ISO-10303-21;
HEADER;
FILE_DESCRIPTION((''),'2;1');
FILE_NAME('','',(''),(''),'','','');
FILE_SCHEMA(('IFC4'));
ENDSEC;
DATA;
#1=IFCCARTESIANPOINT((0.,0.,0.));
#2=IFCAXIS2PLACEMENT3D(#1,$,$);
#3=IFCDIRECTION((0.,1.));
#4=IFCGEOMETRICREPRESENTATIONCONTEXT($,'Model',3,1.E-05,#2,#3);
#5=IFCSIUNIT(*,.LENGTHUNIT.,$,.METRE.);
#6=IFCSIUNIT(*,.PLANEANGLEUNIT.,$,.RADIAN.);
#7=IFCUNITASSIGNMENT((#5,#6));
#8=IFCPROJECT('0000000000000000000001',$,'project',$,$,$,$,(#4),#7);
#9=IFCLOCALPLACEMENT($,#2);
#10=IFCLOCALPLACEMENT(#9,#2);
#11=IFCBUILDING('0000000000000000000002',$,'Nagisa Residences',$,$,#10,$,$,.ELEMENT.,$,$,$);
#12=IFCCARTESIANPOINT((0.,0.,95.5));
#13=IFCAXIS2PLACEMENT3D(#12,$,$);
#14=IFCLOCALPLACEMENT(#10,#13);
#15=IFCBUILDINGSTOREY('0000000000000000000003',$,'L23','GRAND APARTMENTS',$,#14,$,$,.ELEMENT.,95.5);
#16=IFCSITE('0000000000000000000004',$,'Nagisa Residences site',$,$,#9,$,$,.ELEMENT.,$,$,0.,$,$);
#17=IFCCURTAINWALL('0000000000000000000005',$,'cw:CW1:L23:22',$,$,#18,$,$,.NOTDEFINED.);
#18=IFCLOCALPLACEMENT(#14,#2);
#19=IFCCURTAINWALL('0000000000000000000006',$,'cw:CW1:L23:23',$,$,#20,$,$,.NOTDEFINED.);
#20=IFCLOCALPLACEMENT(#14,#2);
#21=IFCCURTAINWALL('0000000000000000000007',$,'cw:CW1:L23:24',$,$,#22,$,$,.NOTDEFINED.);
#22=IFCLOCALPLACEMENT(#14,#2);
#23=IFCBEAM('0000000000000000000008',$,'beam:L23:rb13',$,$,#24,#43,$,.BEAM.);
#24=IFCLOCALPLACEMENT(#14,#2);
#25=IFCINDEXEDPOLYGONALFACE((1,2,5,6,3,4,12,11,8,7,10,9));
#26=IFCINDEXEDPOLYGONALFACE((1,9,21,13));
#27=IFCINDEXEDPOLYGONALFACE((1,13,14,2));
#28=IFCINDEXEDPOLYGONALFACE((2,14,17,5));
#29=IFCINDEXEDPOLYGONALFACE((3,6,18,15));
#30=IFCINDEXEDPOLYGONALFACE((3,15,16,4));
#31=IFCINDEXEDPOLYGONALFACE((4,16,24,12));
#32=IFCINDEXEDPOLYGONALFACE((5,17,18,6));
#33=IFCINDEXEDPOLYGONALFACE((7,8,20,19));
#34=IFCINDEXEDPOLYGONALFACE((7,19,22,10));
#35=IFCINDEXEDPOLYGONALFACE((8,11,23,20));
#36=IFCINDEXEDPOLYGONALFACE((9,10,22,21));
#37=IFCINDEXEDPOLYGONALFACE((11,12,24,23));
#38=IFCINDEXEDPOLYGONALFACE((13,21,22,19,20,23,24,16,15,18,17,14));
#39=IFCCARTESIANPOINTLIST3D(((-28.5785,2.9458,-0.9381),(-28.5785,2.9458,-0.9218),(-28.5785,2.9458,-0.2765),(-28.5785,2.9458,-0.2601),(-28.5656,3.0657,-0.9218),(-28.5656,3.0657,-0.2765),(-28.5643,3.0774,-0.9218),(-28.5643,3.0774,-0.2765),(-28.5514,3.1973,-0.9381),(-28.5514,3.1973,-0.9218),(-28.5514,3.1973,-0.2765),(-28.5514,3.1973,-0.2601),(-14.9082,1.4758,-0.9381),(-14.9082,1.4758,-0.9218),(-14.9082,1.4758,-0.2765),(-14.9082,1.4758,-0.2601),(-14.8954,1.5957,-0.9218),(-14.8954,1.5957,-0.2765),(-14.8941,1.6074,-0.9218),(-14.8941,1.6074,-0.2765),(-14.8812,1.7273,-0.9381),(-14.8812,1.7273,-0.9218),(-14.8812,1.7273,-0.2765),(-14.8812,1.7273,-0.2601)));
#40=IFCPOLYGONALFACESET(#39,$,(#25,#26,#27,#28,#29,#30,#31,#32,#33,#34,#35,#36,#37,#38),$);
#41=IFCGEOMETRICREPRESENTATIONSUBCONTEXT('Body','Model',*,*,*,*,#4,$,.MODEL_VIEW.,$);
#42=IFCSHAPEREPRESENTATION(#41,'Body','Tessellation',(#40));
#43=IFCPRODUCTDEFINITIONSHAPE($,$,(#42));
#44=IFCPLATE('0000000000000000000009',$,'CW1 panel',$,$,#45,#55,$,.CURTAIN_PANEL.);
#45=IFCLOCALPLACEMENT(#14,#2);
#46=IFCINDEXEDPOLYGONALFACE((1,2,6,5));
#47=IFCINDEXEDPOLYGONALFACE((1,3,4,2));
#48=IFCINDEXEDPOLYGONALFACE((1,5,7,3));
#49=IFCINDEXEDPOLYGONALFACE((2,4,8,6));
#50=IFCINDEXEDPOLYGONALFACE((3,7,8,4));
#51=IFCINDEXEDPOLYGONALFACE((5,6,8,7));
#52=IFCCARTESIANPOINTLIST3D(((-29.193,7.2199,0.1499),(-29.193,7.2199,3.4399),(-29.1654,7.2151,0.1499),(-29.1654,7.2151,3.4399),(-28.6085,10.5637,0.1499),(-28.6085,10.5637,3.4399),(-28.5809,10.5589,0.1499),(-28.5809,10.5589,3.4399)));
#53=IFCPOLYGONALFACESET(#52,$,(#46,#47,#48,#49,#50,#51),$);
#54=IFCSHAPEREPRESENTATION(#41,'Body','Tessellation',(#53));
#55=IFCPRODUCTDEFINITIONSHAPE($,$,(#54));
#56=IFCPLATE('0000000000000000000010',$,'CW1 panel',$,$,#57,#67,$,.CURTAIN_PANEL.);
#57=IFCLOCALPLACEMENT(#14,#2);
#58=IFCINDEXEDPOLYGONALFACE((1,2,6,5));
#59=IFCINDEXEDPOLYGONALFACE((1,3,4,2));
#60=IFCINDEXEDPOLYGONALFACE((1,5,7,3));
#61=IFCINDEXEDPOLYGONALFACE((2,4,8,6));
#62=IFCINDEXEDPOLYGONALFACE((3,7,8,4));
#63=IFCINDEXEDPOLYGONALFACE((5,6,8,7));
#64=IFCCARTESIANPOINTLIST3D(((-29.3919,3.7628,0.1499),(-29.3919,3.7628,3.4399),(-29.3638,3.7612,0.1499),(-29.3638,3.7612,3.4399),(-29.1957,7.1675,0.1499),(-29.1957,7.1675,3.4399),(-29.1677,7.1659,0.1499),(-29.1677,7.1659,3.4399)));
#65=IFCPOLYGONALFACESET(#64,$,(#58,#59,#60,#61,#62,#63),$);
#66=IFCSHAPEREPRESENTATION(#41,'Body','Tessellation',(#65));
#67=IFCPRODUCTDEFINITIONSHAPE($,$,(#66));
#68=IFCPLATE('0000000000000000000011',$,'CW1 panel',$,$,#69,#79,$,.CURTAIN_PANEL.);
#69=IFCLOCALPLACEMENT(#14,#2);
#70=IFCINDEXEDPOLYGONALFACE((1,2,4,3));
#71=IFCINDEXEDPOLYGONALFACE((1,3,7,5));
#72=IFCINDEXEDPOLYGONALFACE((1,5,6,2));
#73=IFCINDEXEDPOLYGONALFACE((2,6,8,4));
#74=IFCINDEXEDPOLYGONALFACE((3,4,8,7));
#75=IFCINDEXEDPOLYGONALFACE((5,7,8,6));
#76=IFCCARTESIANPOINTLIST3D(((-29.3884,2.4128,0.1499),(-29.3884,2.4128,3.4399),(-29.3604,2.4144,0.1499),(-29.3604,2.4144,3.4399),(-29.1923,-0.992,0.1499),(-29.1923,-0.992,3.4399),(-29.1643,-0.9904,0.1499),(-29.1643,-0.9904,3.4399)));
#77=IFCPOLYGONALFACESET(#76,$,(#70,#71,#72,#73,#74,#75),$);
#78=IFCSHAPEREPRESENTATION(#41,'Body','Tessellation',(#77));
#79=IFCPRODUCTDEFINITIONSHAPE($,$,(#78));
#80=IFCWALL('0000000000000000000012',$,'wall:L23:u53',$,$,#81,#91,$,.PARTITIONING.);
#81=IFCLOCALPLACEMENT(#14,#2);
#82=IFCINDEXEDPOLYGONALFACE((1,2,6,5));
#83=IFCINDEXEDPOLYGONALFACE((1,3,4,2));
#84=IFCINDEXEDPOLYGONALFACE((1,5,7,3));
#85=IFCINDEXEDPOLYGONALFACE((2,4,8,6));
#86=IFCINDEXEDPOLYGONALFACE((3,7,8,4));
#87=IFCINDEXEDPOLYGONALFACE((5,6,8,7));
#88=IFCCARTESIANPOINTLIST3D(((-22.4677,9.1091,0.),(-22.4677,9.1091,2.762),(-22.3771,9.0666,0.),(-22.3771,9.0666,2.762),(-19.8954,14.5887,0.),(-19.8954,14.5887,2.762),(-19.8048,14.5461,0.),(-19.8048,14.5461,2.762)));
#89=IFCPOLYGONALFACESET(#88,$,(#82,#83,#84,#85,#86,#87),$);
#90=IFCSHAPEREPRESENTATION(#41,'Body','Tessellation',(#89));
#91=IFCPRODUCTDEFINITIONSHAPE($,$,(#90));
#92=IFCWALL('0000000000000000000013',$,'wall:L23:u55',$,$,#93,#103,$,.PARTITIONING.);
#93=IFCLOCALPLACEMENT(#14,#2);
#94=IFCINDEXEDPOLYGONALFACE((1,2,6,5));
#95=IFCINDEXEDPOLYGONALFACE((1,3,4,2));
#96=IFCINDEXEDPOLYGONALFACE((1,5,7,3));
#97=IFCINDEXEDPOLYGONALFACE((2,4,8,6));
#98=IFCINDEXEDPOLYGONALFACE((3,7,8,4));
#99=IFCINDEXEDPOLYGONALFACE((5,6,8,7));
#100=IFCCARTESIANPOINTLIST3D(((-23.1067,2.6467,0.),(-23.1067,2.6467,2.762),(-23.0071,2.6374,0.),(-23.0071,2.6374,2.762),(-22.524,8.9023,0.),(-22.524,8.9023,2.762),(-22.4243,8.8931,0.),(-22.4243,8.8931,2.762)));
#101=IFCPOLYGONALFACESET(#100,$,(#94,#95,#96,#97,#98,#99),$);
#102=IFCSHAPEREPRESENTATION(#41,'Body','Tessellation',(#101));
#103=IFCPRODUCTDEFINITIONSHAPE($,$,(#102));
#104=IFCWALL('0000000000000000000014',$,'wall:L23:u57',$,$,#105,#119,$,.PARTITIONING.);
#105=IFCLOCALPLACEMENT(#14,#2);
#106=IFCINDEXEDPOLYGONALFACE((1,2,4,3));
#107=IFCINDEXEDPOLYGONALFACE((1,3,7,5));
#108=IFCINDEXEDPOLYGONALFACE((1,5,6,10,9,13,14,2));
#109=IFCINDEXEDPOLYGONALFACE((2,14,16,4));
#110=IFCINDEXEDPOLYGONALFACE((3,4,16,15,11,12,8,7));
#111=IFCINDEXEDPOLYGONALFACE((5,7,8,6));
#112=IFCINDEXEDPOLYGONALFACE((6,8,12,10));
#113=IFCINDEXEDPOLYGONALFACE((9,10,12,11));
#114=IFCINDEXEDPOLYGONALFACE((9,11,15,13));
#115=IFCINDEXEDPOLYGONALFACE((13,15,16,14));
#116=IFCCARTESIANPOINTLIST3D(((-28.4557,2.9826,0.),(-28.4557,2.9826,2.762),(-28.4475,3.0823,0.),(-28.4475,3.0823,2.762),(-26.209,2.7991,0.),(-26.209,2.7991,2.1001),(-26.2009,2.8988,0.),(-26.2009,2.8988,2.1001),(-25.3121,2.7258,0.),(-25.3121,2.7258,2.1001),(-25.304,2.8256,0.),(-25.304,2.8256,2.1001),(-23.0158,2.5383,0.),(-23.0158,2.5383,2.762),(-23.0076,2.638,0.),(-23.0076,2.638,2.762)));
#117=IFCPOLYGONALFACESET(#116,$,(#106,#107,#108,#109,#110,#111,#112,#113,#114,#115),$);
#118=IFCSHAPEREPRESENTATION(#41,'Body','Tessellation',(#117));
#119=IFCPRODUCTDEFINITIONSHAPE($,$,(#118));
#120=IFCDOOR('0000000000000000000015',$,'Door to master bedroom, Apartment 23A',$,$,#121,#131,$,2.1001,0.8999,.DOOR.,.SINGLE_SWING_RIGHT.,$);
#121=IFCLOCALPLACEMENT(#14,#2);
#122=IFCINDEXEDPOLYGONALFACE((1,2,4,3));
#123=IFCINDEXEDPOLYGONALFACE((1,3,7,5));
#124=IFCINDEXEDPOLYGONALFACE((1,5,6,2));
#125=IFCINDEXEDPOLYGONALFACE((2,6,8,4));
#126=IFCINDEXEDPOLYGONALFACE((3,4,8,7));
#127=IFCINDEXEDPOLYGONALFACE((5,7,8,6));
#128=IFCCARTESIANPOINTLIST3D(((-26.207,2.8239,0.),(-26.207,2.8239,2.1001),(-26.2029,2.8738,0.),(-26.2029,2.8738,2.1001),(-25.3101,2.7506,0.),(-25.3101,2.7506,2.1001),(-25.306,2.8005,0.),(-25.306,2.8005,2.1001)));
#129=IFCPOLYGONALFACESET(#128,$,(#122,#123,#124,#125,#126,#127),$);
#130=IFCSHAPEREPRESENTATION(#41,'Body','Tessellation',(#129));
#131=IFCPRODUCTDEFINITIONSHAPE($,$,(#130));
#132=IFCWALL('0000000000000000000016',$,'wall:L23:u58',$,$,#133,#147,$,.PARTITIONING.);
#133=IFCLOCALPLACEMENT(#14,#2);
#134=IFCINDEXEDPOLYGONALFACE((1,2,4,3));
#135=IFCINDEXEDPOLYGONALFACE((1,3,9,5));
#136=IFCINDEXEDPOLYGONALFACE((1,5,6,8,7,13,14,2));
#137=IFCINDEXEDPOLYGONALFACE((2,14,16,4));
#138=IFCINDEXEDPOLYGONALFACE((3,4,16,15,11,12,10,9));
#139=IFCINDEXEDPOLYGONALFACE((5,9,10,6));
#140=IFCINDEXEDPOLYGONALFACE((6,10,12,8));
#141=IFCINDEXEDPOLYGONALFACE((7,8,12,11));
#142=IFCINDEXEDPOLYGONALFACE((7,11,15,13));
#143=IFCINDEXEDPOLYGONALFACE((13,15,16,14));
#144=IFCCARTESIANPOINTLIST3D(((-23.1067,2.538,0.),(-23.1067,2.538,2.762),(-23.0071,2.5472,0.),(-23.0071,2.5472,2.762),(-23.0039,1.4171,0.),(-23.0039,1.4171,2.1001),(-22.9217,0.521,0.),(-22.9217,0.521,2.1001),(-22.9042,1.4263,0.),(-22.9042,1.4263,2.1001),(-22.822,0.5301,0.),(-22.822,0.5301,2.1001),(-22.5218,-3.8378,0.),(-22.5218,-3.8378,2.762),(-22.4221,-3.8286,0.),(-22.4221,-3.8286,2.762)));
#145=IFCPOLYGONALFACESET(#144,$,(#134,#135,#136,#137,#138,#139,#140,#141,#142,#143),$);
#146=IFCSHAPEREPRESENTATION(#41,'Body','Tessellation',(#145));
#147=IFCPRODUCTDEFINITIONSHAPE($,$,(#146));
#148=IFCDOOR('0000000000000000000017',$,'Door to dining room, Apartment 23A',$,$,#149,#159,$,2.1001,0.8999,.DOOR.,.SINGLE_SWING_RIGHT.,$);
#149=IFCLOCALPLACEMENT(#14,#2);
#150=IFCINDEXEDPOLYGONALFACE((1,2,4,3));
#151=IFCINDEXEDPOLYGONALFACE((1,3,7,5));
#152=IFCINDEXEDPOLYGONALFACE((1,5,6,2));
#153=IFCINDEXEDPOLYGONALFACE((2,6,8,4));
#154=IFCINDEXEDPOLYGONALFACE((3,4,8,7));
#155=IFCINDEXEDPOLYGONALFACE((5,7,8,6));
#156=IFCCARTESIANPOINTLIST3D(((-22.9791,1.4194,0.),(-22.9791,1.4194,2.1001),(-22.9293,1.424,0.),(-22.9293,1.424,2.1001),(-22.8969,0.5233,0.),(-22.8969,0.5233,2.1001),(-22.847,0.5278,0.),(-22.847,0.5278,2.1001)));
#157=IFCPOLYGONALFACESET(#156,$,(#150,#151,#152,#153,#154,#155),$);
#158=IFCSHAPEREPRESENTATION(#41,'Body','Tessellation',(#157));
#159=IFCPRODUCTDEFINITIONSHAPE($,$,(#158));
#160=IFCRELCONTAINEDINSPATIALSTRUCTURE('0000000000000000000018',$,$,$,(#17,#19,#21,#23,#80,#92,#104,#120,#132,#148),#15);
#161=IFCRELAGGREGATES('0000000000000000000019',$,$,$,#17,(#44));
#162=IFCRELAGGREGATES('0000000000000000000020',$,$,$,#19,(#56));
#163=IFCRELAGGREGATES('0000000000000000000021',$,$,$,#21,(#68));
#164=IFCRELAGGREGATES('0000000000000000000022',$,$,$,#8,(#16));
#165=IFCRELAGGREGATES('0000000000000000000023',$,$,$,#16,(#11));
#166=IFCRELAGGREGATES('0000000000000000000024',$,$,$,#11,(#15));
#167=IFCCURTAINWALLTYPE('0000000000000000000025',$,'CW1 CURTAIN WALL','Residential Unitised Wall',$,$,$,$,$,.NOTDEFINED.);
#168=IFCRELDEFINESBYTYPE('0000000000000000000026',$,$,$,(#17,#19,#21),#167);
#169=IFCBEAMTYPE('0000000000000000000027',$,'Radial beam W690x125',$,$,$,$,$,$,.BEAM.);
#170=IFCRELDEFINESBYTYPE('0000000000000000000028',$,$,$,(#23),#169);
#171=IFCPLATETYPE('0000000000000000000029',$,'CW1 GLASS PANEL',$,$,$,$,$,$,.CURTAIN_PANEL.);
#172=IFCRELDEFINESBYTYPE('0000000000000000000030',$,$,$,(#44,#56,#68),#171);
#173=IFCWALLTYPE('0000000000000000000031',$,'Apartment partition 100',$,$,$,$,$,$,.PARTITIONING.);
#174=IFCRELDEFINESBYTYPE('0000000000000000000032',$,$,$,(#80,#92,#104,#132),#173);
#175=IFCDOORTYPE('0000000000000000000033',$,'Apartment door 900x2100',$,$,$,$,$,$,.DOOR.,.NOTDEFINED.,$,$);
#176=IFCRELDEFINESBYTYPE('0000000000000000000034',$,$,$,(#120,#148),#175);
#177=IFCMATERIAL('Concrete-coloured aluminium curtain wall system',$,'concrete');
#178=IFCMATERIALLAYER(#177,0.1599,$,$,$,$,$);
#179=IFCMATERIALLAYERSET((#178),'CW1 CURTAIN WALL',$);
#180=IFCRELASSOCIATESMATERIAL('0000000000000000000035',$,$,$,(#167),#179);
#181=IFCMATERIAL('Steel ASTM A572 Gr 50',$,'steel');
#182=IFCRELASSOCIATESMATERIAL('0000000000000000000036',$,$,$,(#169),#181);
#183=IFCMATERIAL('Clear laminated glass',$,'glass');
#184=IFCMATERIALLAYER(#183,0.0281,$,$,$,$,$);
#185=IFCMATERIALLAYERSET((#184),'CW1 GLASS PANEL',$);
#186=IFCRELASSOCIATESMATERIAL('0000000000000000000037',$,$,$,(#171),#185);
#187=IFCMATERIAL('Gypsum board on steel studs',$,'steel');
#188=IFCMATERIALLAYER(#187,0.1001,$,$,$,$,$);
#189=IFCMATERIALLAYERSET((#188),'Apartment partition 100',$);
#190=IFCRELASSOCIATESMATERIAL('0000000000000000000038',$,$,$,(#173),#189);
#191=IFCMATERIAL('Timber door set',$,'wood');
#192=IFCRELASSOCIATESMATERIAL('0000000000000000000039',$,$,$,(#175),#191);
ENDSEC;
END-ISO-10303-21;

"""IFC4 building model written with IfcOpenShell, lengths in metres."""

from ifc_helpers import new_model, si_unit, direction, frame, frame_2d, origin, origin_2d, place, context, subcontext, project, spatial, rectangle, i_section, extrude, material, layer, layer_set, material_profile, profile_set, type_object, element, fill, aggregate, save


model = new_model("IFC4")

# Units and contexts
model_context = context("Model", 3, precision=1e-05, world=origin(), true_north=direction((0.0, 1.0)))
body_context = subcontext(model_context, "Body", "Model", "MODEL_VIEW")
ifc_project = project(units=[si_unit("LENGTHUNIT", "METRE"), si_unit("PLANEANGLEUNIT", "RADIAN")], contexts=[model_context])

# Site, building, storey
site_placement = place(None, origin())
site = spatial("IfcSite", under=ifc_project, at=site_placement, Name="Nagisa Residences site", CompositionType="ELEMENT", RefElevation=0.0)
building_placement = place(site_placement, origin())
building = spatial("IfcBuilding", under=site, at=building_placement, Name="Nagisa Residences", CompositionType="ELEMENT")
storey_placement = place(building_placement, frame((0.0, 0.0, 95.5)))
storey = spatial("IfcBuildingStorey", under=building, at=storey_placement, Name="L23", Description="GRAND APARTMENTS", CompositionType="ELEMENT", Elevation=95.5)

# Curtain walls
ifc_material_1 = material(Name="Concrete-coloured aluminium curtain wall system", Category="concrete")
ifc_layer_1 = layer(ifc_material_1, 0.1599)
ifc_layer_set_1 = layer_set([ifc_layer_1], Name="CW1 CURTAIN WALL")
curtain_wall_type = type_object("IfcCurtainWallType", Name="CW1 CURTAIN WALL", Description="Residential Unitised Wall", PredefinedType="NOTDEFINED", material=ifc_layer_set_1)
curtain_wall_1_placement = place(storey_placement, origin())
curtain_wall_1 = element("IfcCurtainWall", 1, at=curtain_wall_1_placement, inside=storey, type_object=curtain_wall_type, Name="cw:CW1:L23:22", PredefinedType="NOTDEFINED")
curtain_wall_2_placement = place(storey_placement, origin())
curtain_wall_2 = element("IfcCurtainWall", 2, at=curtain_wall_2_placement, inside=storey, type_object=curtain_wall_type, Name="cw:CW1:L23:23", PredefinedType="NOTDEFINED")
curtain_wall_3_placement = place(storey_placement, origin())
curtain_wall_3 = element("IfcCurtainWall", 3, at=curtain_wall_3_placement, inside=storey, type_object=curtain_wall_type, Name="cw:CW1:L23:24", PredefinedType="NOTDEFINED")

# Beam
ifc_material_2 = material(Name="Steel ASTM A572 Gr 50", Category="steel")
ifc_material_profile_1 = material_profile(ifc_material_2, i_section(OverallWidth=0.2529, OverallDepth=0.678, WebThickness=0.0117, FlangeThickness=0.0164, at=origin_2d()), Name="W690x125")
ifc_profile_set_1 = profile_set([ifc_material_profile_1], Name="Steel ASTM A572 Gr 50")
beam_type_1 = type_object("IfcBeamType", Name="Radial beam W690x125", PredefinedType="BEAM", material=ifc_profile_set_1)
beam_1_placement = place(storey_placement, frame((-28.5649, 3.0715, -0.5991), z_axis=(0.994268, -0.106915, 0.0), x_axis=(0.106915, 0.994268, 0.0)))
element("IfcBeam", 4, at=beam_1_placement, inside=storey, type_object=beam_type_1, Name="beam:L23:rb13", PredefinedType="BEAM", context=body_context, shape_type="SweptSolid", body=[
    extrude(i_section(OverallWidth=0.2529, OverallDepth=0.678, WebThickness=0.0117, FlangeThickness=0.0164, at=origin_2d()), origin(), (0.0, 0.0, 1.0), 13.749),
])

# Plates
ifc_material_3 = material(Name="Clear laminated glass", Category="glass")
ifc_layer_2 = layer(ifc_material_3, 0.0281)
ifc_layer_set_2 = layer_set([ifc_layer_2], Name="CW1 GLASS PANEL")
plate_type = type_object("IfcPlateType", Name="CW1 GLASS PANEL", PredefinedType="CURTAIN_PANEL", material=ifc_layer_set_2)
plate_1_placement = place(storey_placement, frame((-28.887, 8.8894, 0.1499), z_axis=(0.0, 0.0, 1.0), x_axis=(-0.172191, -0.985064, 0.0)))
plate_1 = element("IfcPlate", 5, at=plate_1_placement, type_object=plate_type, Name="CW1 panel", PredefinedType="CURTAIN_PANEL", context=body_context, shape_type="SweptSolid", body=[
    extrude(rectangle(XDim=3.3945, YDim=0.0281, at=origin_2d()), origin(), (0.0, 0.0, 1.0), 3.29),
])
aggregate(curtain_wall_1, [plate_1])
plate_2_placement = place(storey_placement, frame((-29.2798, 5.4644, 0.1499), z_axis=(0.0, 0.0, 1.0), x_axis=(-0.057503, -0.998345, 0.0)))
plate_2 = element("IfcPlate", 6, at=plate_2_placement, type_object=plate_type, Name="CW1 panel", PredefinedType="CURTAIN_PANEL", context=body_context, shape_type="SweptSolid", body=[
    extrude(rectangle(XDim=3.4104, YDim=0.0281, at=origin_2d()), origin(), (0.0, 0.0, 1.0), 3.29),
])
aggregate(curtain_wall_2, [plate_2])
plate_3_placement = place(storey_placement, frame((-29.2764, 0.7112, 0.1499), z_axis=(0.0, 0.0, 1.0), x_axis=(0.057503, -0.998345, 0.0)))
plate_3 = element("IfcPlate", 7, at=plate_3_placement, type_object=plate_type, Name="CW1 panel", PredefinedType="CURTAIN_PANEL", context=body_context, shape_type="SweptSolid", body=[
    extrude(rectangle(XDim=3.4104, YDim=0.0281, at=origin_2d()), origin(), (0.0, 0.0, 1.0), 3.29),
])
aggregate(curtain_wall_3, [plate_3])

# Walls
ifc_material_4 = material(Name="Gypsum board on steel studs", Category="steel")
ifc_layer_3 = layer(ifc_material_4, 0.1001)
ifc_layer_set_3 = layer_set([ifc_layer_3], Name="Apartment partition 100")
wall_type_1 = type_object("IfcWallType", Name="Apartment partition 100", PredefinedType="PARTITIONING", material=ifc_layer_set_3)
wall_1_placement = place(storey_placement, frame((-19.8501, 14.5674, 0.0), z_axis=(0.0, 0.0, 1.0), x_axis=(-0.424942, -0.90522, 0.0)))
element("IfcWall", 8, at=wall_1_placement, inside=storey, type_object=wall_type_1, Name="wall:L23:u53", PredefinedType="PARTITIONING", context=body_context, shape_type="SweptSolid", body=[
    extrude(rectangle(XDim=6.0532, YDim=0.1001, at=frame_2d((3.0266, 0.0))), origin(), (0.0, 0.0, 1.0), 2.762),
])
wall_2_placement = place(storey_placement, frame((-22.4741, 8.8977, 0.0), z_axis=(0.0, 0.0, 1.0), x_axis=(-0.092757, -0.995689, 0.0)))
element("IfcWall", 9, at=wall_2_placement, inside=storey, type_object=wall_type_1, Name="wall:L23:u55", PredefinedType="PARTITIONING", context=body_context, shape_type="SweptSolid", body=[
    extrude(rectangle(XDim=6.2827, YDim=0.1001, at=frame_2d((3.1414, 0.0))), origin(), (0.0, 0.0, 1.0), 2.762),
])

# Walls, openings, doors
wall_3_placement = place(storey_placement, frame((-23.0117, 2.5881, 0.0), z_axis=(0.0, 0.0, 1.0), x_axis=(-0.996681, 0.081409, 0.0)))
wall_3 = element("IfcWall", 10, at=wall_3_placement, inside=storey, type_object=wall_type_1, Name="wall:L23:u57", PredefinedType="PARTITIONING", context=body_context, shape_type="SweptSolid", body=[
    extrude(rectangle(XDim=5.458, YDim=0.1001, at=frame_2d((2.729, 0.0))), origin(), (0.0, 0.0, 1.0), 2.762),
])
opening_1_placement = place(wall_3_placement, frame((2.304, 0.0, 0.0)))
opening_1 = element("IfcOpeningElement", 11, at=opening_1_placement, cuts=wall_3, PredefinedType="OPENING", context=body_context, shape_type="SweptSolid", body=[
    extrude(rectangle(XDim=0.8999, YDim=2.1001, at=frame_2d((0.45, 1.05))), frame((0.0, 0.0601, 0.0), z_axis=(0.0, -1.0, 0.0), x_axis=(1.0, 0.0, 0.0)), (0.0, 0.0, 1.0), 0.1201),
])
ifc_material_5 = material(Name="Timber door set", Category="wood")
door_type_1 = type_object("IfcDoorType", Name="Apartment door 900x2100", OperationType="NOTDEFINED", PredefinedType="DOOR", material=ifc_material_5)
door_1_placement = place(opening_1_placement, frame((0.8999, 0.0, 0.0), x_axis=(-1.0, 0.0, 0.0)))
door_1 = element("IfcDoor", 12, at=door_1_placement, inside=storey, type_object=door_type_1, Name="Door to master bedroom, Apartment 23A", OperationType="SINGLE_SWING_RIGHT", OverallHeight=2.1001, OverallWidth=0.8999, PredefinedType="DOOR", context=body_context, shape_type="SweptSolid", body=[
    extrude(rectangle(XDim=0.8999, YDim=2.1001, at=frame_2d((0.45, 1.05))), frame((0.0, 0.0249, 0.0), z_axis=(0.0, -1.0, 0.0), x_axis=(1.0, 0.0, 0.0)), (0.0, 0.0, 1.0), 0.05),
])
fill(opening_1, door_1)
wall_4_placement = place(storey_placement, frame((-23.0569, 2.5425, 0.0), z_axis=(0.0, 0.0, 1.0), x_axis=(0.091364, -0.995818, 0.0)))
wall_4 = element("IfcWall", 13, at=wall_4_placement, inside=storey, type_object=wall_type_1, Name="wall:L23:u58", PredefinedType="PARTITIONING", context=body_context, shape_type="SweptSolid", body=[
    extrude(rectangle(XDim=6.4026, YDim=0.1001, at=frame_2d((3.2012, 0.0))), origin(), (0.0, 0.0, 1.0), 2.762),
])
opening_2_placement = place(wall_4_placement, frame((1.1255, 0.0, 0.0)))
opening_2 = element("IfcOpeningElement", 14, at=opening_2_placement, cuts=wall_4, PredefinedType="OPENING", context=body_context, shape_type="SweptSolid", body=[
    extrude(rectangle(XDim=0.8999, YDim=2.1001, at=frame_2d((0.45, 1.05))), frame((0.0, 0.0601, 0.0), z_axis=(0.0, -1.0, 0.0), x_axis=(1.0, 0.0, 0.0)), (0.0, 0.0, 1.0), 0.1201),
])
door_2_placement = place(opening_2_placement, origin())
door_2 = element("IfcDoor", 15, at=door_2_placement, inside=storey, type_object=door_type_1, Name="Door to dining room, Apartment 23A", OperationType="SINGLE_SWING_RIGHT", OverallHeight=2.1001, OverallWidth=0.8999, PredefinedType="DOOR", context=body_context, shape_type="SweptSolid", body=[
    extrude(rectangle(XDim=0.8999, YDim=2.1001, at=frame_2d((0.45, 1.05))), frame((0.0, 0.0249, 0.0), z_axis=(0.0, -1.0, 0.0), x_axis=(1.0, 0.0, 0.0)), (0.0, 0.0, 1.0), 0.05),
])
fill(opening_2, door_2)

save(model, "model.ifc")
